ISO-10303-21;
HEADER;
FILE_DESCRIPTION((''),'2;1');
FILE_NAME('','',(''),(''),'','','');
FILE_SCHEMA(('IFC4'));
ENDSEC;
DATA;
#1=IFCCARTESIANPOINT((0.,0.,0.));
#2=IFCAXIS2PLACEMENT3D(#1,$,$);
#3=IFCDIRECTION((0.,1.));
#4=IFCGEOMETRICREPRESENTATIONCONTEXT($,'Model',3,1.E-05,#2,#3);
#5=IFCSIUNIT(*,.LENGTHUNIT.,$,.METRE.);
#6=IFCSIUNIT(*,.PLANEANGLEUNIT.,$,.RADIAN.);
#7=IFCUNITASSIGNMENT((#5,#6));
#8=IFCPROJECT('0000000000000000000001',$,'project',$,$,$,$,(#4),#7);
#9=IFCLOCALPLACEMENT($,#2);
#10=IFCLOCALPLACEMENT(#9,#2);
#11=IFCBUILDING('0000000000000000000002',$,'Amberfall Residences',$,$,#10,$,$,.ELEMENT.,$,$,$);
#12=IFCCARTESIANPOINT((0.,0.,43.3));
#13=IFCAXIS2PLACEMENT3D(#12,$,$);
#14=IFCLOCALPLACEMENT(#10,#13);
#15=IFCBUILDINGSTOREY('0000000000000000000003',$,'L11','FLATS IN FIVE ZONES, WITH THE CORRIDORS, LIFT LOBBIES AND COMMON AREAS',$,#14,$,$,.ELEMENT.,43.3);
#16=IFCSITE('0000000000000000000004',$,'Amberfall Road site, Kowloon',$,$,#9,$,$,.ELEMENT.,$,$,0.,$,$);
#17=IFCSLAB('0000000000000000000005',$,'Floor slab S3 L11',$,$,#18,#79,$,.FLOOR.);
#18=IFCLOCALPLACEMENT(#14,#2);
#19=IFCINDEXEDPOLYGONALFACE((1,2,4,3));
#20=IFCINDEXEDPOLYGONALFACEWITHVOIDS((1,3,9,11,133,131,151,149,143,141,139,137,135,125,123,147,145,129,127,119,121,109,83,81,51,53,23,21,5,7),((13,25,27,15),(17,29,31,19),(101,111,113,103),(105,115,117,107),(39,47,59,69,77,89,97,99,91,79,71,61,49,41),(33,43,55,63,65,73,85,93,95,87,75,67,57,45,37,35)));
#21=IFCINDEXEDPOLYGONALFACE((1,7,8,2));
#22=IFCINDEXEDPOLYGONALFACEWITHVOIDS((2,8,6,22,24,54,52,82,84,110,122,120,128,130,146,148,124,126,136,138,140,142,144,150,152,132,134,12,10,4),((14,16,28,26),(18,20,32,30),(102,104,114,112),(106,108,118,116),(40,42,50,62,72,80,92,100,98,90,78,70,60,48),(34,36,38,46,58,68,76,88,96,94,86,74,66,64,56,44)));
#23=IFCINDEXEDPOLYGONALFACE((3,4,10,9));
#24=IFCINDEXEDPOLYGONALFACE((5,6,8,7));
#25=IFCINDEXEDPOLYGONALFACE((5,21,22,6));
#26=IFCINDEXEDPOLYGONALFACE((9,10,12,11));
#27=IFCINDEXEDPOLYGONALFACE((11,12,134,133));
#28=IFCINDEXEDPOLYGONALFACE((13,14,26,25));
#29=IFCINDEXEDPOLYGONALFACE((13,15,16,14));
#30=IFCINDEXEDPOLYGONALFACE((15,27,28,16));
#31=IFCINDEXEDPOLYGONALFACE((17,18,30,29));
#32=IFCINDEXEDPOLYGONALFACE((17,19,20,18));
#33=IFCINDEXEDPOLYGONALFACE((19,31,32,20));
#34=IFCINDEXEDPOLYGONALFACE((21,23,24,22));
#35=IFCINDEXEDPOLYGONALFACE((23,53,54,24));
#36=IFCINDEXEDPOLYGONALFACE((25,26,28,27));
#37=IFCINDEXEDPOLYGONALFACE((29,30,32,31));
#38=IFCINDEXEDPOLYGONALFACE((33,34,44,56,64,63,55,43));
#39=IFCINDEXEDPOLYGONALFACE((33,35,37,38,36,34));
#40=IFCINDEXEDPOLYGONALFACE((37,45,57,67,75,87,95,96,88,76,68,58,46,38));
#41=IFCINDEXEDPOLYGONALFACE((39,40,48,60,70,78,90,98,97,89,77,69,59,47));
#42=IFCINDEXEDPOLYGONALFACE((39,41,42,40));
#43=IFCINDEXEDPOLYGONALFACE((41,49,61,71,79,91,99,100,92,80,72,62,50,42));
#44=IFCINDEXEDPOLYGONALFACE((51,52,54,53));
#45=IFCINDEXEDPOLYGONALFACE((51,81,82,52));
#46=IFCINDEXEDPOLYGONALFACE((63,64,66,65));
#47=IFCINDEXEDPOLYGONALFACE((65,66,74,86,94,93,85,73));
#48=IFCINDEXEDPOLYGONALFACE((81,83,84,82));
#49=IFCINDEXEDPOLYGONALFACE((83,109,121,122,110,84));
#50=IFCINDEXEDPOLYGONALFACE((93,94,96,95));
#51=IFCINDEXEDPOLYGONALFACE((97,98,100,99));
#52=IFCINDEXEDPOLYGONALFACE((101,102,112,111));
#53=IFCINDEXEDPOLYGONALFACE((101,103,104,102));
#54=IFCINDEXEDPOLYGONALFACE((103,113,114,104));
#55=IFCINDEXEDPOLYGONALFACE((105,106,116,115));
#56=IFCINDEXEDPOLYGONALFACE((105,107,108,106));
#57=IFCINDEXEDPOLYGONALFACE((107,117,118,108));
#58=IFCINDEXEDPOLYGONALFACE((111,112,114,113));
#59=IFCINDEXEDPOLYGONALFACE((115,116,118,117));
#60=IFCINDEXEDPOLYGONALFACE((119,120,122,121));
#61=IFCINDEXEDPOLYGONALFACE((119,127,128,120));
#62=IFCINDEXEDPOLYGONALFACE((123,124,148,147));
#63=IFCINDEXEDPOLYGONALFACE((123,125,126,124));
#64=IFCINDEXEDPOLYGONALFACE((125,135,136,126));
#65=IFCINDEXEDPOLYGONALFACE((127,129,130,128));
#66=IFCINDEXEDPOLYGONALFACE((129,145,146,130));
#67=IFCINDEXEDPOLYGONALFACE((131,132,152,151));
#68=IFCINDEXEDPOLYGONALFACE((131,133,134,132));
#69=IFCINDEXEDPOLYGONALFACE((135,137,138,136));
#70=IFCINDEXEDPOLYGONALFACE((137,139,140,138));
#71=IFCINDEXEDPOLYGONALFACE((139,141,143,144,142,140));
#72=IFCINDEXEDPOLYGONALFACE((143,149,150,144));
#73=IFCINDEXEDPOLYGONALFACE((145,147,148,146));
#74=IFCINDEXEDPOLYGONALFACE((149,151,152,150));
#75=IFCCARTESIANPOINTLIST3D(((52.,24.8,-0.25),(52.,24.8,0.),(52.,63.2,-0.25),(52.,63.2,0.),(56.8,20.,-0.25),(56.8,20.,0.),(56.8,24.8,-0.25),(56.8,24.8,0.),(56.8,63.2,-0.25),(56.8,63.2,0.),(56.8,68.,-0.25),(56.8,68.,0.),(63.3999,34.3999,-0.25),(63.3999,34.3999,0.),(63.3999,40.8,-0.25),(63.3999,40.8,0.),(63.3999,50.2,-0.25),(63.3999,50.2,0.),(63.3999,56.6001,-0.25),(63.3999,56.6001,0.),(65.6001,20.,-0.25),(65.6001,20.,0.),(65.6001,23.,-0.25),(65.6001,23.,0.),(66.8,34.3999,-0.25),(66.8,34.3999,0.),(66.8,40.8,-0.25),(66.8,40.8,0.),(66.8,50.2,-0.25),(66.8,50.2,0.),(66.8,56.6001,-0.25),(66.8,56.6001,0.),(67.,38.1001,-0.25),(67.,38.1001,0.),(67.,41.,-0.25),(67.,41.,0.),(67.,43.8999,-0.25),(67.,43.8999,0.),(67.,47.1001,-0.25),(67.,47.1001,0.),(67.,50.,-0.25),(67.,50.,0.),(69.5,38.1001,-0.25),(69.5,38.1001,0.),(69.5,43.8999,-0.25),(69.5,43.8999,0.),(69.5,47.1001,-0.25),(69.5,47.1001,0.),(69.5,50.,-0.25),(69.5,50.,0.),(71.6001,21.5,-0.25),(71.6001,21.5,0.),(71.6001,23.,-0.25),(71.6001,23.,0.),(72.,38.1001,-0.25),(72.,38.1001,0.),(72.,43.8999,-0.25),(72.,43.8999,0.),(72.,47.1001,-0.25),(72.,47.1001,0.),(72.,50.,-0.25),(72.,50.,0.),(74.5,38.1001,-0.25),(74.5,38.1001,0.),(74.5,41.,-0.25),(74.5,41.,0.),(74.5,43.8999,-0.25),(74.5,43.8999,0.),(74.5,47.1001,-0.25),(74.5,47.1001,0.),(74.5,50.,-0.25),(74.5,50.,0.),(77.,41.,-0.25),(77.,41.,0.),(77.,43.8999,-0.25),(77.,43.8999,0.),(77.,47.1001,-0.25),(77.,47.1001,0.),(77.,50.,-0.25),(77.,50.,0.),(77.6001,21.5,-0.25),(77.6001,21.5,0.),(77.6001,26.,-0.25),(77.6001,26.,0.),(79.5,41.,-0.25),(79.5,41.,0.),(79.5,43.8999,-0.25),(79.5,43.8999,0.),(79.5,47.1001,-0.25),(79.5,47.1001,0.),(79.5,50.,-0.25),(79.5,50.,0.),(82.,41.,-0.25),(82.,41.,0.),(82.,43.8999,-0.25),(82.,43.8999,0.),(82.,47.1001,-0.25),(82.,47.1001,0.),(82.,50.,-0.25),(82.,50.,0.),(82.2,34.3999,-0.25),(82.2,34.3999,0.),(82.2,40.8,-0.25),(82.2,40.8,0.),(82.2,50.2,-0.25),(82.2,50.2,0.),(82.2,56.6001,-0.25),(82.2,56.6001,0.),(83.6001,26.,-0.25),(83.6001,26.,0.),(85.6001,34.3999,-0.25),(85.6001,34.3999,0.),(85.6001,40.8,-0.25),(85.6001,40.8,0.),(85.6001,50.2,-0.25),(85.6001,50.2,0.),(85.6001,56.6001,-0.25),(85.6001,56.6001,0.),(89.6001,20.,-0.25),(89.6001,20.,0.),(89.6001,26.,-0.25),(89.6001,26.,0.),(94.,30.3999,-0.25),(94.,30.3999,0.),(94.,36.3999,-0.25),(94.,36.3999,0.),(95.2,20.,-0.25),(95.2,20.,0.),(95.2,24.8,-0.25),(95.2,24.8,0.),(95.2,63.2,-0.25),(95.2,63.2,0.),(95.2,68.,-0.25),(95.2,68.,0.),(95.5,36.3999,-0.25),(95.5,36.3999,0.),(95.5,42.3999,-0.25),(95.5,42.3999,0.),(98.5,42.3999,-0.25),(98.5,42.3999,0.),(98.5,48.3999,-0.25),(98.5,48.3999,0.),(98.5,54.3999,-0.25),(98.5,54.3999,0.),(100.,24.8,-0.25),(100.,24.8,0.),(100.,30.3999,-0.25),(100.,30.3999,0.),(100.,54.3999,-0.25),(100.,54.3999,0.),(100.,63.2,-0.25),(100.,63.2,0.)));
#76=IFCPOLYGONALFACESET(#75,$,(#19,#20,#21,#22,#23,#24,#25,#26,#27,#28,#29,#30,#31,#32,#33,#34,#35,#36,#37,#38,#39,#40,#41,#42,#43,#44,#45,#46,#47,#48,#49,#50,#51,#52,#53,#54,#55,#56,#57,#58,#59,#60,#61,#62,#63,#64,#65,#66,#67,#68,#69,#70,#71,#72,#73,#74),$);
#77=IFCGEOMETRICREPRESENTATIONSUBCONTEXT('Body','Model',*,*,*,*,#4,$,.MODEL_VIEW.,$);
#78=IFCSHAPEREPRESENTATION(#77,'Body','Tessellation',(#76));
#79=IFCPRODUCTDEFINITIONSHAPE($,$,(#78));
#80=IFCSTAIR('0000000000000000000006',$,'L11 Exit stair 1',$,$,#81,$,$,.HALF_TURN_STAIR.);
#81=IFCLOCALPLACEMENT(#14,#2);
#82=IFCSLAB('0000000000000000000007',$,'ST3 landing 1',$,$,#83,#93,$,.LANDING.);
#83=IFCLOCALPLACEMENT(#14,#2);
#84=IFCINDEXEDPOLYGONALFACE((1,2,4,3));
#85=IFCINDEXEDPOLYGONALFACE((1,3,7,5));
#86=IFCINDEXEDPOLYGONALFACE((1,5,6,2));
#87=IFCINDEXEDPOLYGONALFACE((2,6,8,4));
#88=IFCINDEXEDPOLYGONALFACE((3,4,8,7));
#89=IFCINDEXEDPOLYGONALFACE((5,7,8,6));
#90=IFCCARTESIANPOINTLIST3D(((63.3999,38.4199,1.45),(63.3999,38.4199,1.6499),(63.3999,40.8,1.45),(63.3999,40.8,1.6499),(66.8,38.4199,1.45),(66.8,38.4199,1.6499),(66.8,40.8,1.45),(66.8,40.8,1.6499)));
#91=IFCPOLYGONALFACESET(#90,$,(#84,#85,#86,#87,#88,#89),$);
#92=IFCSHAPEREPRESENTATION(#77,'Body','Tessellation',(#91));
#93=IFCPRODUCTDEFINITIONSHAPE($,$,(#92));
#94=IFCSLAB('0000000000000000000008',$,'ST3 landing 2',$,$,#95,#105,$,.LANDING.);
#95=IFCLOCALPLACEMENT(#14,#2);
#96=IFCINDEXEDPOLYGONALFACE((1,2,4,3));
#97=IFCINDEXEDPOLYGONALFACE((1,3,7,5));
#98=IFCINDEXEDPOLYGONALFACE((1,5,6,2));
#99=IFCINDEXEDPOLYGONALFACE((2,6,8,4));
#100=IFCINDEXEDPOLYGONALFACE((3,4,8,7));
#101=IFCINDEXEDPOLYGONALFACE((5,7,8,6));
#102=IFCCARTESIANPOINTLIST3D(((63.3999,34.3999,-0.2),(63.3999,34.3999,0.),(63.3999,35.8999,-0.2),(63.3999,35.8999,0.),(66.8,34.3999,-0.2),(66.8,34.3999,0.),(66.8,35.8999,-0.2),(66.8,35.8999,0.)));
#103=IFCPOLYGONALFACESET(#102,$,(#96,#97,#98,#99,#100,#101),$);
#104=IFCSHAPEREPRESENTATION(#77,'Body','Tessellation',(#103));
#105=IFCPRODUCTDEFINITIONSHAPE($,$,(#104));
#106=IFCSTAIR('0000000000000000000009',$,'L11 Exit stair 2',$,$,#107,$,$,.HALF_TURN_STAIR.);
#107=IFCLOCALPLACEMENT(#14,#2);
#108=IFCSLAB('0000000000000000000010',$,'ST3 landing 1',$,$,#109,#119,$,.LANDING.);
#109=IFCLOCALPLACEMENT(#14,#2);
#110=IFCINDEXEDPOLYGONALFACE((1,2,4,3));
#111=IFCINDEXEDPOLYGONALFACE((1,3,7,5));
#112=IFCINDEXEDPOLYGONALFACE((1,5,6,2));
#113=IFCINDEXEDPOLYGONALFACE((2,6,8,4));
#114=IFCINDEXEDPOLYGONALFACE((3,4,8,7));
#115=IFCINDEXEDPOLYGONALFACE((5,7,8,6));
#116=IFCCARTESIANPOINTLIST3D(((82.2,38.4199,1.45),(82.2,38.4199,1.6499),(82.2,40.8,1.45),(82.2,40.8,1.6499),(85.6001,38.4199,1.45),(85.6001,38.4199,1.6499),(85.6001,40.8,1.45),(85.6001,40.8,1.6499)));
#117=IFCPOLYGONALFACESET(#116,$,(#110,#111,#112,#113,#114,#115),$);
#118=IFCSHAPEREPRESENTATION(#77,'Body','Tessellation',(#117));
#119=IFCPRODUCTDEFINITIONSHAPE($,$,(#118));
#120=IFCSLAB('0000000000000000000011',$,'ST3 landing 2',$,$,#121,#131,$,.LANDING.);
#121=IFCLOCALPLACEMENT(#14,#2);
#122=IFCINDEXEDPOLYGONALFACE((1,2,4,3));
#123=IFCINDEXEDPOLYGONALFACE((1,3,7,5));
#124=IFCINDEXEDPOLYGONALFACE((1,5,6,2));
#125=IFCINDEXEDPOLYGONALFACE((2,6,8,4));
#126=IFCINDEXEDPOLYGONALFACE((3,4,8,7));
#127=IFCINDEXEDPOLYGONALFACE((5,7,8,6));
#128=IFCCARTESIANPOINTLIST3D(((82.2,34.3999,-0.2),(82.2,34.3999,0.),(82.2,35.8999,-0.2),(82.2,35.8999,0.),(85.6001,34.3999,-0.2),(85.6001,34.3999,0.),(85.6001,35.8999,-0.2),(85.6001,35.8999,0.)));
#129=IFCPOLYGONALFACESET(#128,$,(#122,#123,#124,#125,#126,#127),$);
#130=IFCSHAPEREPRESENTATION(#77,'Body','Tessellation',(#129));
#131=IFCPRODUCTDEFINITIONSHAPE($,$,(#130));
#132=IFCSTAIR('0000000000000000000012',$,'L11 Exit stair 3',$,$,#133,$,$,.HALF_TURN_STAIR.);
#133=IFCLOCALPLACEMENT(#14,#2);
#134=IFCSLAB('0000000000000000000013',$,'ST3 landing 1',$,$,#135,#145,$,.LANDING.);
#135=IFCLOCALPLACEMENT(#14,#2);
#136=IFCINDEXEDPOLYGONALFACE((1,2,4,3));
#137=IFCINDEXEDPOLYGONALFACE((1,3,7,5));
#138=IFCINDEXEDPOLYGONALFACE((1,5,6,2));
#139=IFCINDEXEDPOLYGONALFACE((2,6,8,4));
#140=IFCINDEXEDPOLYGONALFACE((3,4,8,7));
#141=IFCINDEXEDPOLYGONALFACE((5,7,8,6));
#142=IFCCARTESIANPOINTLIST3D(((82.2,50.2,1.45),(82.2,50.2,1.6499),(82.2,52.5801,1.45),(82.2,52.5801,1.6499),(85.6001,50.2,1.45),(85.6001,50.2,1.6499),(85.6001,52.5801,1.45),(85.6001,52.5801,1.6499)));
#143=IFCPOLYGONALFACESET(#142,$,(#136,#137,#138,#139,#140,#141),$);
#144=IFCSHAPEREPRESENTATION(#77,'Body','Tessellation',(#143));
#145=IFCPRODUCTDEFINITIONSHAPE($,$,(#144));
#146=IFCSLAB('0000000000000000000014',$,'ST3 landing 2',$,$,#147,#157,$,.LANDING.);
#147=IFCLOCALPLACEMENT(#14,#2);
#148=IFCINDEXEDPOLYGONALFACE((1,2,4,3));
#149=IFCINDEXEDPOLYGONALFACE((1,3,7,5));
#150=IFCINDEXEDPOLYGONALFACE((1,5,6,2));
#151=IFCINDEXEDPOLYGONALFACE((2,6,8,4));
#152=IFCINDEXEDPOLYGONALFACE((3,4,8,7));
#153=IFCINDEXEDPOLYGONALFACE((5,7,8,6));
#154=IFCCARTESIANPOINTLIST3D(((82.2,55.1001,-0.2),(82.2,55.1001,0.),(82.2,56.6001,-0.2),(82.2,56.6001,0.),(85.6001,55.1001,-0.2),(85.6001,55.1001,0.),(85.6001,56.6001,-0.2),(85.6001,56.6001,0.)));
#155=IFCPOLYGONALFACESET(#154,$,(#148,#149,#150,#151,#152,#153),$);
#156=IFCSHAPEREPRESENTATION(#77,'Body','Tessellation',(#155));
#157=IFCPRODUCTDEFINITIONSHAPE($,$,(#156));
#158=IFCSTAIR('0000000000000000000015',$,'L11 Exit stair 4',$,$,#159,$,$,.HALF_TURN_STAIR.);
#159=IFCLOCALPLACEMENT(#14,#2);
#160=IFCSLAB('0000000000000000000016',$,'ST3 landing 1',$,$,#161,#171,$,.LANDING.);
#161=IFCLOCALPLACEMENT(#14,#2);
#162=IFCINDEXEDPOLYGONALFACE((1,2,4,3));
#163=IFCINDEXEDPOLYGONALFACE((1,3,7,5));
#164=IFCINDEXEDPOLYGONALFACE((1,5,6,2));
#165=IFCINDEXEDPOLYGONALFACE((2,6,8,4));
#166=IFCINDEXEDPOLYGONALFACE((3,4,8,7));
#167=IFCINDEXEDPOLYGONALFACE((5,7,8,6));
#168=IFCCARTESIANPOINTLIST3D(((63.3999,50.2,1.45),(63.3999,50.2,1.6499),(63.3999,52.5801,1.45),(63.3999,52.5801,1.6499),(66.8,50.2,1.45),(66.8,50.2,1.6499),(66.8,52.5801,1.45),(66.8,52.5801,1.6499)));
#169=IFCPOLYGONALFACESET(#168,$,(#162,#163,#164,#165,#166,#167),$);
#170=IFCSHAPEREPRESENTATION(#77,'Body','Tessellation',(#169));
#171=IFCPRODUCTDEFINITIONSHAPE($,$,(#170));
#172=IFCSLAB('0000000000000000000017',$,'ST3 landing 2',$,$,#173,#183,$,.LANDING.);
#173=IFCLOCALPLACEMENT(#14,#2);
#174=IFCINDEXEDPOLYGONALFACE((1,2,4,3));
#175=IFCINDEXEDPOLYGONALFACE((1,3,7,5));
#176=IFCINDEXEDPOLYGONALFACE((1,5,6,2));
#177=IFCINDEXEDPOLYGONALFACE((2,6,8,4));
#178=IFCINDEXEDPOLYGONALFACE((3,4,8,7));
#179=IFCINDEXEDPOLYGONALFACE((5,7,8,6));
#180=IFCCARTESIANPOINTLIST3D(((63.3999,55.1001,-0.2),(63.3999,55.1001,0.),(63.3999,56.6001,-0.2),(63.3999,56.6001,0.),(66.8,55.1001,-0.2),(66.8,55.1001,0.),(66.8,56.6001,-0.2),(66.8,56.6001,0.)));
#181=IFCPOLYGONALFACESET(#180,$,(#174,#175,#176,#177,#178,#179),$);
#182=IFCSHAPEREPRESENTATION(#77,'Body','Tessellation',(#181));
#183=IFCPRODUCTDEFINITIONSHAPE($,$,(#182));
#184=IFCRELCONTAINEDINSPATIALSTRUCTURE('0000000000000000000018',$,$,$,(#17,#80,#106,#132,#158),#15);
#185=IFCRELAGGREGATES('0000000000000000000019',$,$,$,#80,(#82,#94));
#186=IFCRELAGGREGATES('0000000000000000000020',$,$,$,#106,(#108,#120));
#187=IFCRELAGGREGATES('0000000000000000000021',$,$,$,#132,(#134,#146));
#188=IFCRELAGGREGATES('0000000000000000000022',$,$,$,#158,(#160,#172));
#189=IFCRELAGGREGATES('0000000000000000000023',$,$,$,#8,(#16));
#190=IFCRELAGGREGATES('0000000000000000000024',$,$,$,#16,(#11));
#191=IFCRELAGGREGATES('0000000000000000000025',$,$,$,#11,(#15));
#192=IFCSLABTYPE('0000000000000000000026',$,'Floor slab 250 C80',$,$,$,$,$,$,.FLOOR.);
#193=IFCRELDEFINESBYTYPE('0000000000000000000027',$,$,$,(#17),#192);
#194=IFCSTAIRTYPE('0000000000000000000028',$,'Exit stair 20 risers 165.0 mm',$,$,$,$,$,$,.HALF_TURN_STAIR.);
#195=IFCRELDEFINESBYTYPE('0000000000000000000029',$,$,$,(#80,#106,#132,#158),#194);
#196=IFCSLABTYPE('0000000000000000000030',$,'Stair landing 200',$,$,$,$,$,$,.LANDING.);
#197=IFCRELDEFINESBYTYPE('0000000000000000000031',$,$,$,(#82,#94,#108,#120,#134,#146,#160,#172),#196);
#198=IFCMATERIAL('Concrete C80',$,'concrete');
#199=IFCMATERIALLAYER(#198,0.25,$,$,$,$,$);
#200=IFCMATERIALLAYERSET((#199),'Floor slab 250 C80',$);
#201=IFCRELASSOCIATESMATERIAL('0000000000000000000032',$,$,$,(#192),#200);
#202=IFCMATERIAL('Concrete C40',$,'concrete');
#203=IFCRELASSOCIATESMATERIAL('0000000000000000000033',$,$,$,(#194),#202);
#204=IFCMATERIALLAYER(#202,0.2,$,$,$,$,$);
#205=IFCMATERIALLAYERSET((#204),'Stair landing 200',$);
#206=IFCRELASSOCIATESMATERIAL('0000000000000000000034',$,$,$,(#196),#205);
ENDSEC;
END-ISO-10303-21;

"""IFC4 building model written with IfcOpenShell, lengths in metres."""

from ifc_helpers import new_model, si_unit, direction, frame, origin, place, context, subcontext, project, spatial, polyline, outline, extrude, material, layer, layer_set, type_object, element, aggregate, save


model = new_model("IFC4")

# Units and contexts
model_context = context("Model", 3, precision=1e-05, world=origin(), true_north=direction((0.0, 1.0)))
body_context = subcontext(model_context, "Body", "Model", "MODEL_VIEW")
ifc_project = project(units=[si_unit("LENGTHUNIT", "METRE"), si_unit("PLANEANGLEUNIT", "RADIAN")], contexts=[model_context])

# Site, building, storey
site_placement = place(None, origin())
site = spatial("IfcSite", under=ifc_project, at=site_placement, Name="Amberfall Road site, Kowloon", CompositionType="ELEMENT", RefElevation=0.0)
building_placement = place(site_placement, origin())
building = spatial("IfcBuilding", under=site, at=building_placement, Name="Amberfall Residences", CompositionType="ELEMENT")
storey_placement = place(building_placement, frame((0.0, 0.0, 43.3)))
storey = spatial("IfcBuildingStorey", under=building, at=storey_placement, Name="L11", Description="FLATS IN FIVE ZONES, WITH THE CORRIDORS, LIFT LOBBIES AND COMMON AREAS", CompositionType="ELEMENT", Elevation=43.3)

# Slab
ifc_material_1 = material(Name="Concrete C80", Category="concrete")
ifc_layer_1 = layer(ifc_material_1, 0.25)
ifc_layer_set_1 = layer_set([ifc_layer_1], Name="Floor slab 250 C80")
slab_type_1 = type_object("IfcSlabType", Name="Floor slab 250 C80", PredefinedType="FLOOR", material=ifc_layer_set_1)
slab_1_placement = place(storey_placement, frame((0.0, 0.0, -0.25)))
element("IfcSlab", 1, at=slab_1_placement, inside=storey, type_object=slab_type_1, Name="Floor slab S3 L11", PredefinedType="FLOOR", context=body_context, shape_type="SweptSolid", body=[
    extrude(outline(polyline([(89.6001, 20.0), (89.6001, 26.0), (83.6001, 26.0), (77.6001, 26.0), (77.6001, 21.5), (71.6001, 21.5), (71.6001, 23.0), (65.6001, 23.0), (65.6001, 20.0), (56.8, 20.0), (56.8, 24.8), (52.0, 24.8), (52.0, 63.2), (56.8, 63.2), (56.8, 68.0), (95.2, 68.0), (95.2, 63.2), (100.0, 63.2), (100.0, 54.3999), (98.5, 54.3999), (98.5, 48.3999), (98.5, 42.3999), (95.5, 42.3999), (95.5, 36.3999), (94.0, 36.3999), (94.0, 30.3999), (100.0, 30.3999), (100.0, 24.8), (95.2, 24.8), (95.2, 20.0), (89.6001, 20.0)]), holes=[polyline([(85.6001, 34.3999), (85.6001, 40.8), (82.2, 40.8), (82.2, 34.3999), (85.6001, 34.3999)]), polyline([(82.2, 50.2), (85.6001, 50.2), (85.6001, 56.6001), (82.2, 56.6001), (82.2, 50.2)]), polyline([(69.5, 50.0), (67.0, 50.0), (67.0, 47.1001), (69.5, 47.1001), (72.0, 47.1001), (74.5, 47.1001), (77.0, 47.1001), (79.5, 47.1001), (82.0, 47.1001), (82.0, 50.0), (79.5, 50.0), (77.0, 50.0), (74.5, 50.0), (72.0, 50.0), (69.5, 50.0)]), polyline([(74.5, 41.0), (77.0, 41.0), (79.5, 41.0), (82.0, 41.0), (82.0, 43.8999), (79.5, 43.8999), (77.0, 43.8999), (74.5, 43.8999), (72.0, 43.8999), (69.5, 43.8999), (67.0, 43.8999), (67.0, 41.0), (67.0, 38.1001), (69.5, 38.1001), (72.0, 38.1001), (74.5, 38.1001), (74.5, 41.0)]), polyline([(66.8, 34.3999), (66.8, 40.8), (63.3999, 40.8), (63.3999, 34.3999), (66.8, 34.3999)]), polyline([(66.8, 50.2), (66.8, 56.6001), (63.3999, 56.6001), (63.3999, 50.2), (66.8, 50.2)])]), origin(), (0.0, 0.0, 1.0), 0.25),
])

# Stairs, slabs
ifc_material_2 = material(Name="Concrete C40", Category="concrete")
stair_type = type_object("IfcStairType", Name="Exit stair 20 risers 165.0 mm", PredefinedType="HALF_TURN_STAIR", material=ifc_material_2)
stair_1_placement = place(storey_placement, origin())
stair_1 = element("IfcStair", 2, at=stair_1_placement, inside=storey, type_object=stair_type, Name="L11 Exit stair 1", PredefinedType="HALF_TURN_STAIR")
ifc_layer_2 = layer(ifc_material_2, 0.2)
ifc_layer_set_2 = layer_set([ifc_layer_2], Name="Stair landing 200")
slab_type_2 = type_object("IfcSlabType", Name="Stair landing 200", PredefinedType="LANDING", material=ifc_layer_set_2)
slab_2_placement = place(storey_placement, frame((0.0, 0.0, 1.45)))
slab_2 = element("IfcSlab", 3, at=slab_2_placement, type_object=slab_type_2, Name="ST3 landing 1", PredefinedType="LANDING", context=body_context, shape_type="SweptSolid", body=[
    extrude(outline(polyline([(66.8, 38.4199), (66.8, 40.8), (63.3999, 40.8), (63.3999, 38.4199), (66.8, 38.4199)])), origin(), (0.0, 0.0, 1.0), 0.2),
])
slab_3_placement = place(storey_placement, frame((0.0, 0.0, -0.2)))
slab_3 = element("IfcSlab", 4, at=slab_3_placement, type_object=slab_type_2, Name="ST3 landing 2", PredefinedType="LANDING", context=body_context, shape_type="SweptSolid", body=[
    extrude(outline(polyline([(66.8, 34.3999), (66.8, 35.8999), (63.3999, 35.8999), (63.3999, 34.3999), (66.8, 34.3999)])), origin(), (0.0, 0.0, 1.0), 0.2),
])
aggregate(stair_1, [slab_2, slab_3])
stair_2_placement = place(storey_placement, origin())
stair_2 = element("IfcStair", 5, at=stair_2_placement, inside=storey, type_object=stair_type, Name="L11 Exit stair 2", PredefinedType="HALF_TURN_STAIR")
slab_4_placement = place(storey_placement, frame((0.0, 0.0, 1.45)))
slab_4 = element("IfcSlab", 6, at=slab_4_placement, type_object=slab_type_2, Name="ST3 landing 1", PredefinedType="LANDING", context=body_context, shape_type="SweptSolid", body=[
    extrude(outline(polyline([(85.6001, 38.4199), (85.6001, 40.8), (82.2, 40.8), (82.2, 38.4199), (85.6001, 38.4199)])), origin(), (0.0, 0.0, 1.0), 0.2),
])
slab_5_placement = place(storey_placement, frame((0.0, 0.0, -0.2)))
slab_5 = element("IfcSlab", 7, at=slab_5_placement, type_object=slab_type_2, Name="ST3 landing 2", PredefinedType="LANDING", context=body_context, shape_type="SweptSolid", body=[
    extrude(outline(polyline([(85.6001, 34.3999), (85.6001, 35.8999), (82.2, 35.8999), (82.2, 34.3999), (85.6001, 34.3999)])), origin(), (0.0, 0.0, 1.0), 0.2),
])
aggregate(stair_2, [slab_4, slab_5])
stair_3_placement = place(storey_placement, origin())
stair_3 = element("IfcStair", 8, at=stair_3_placement, inside=storey, type_object=stair_type, Name="L11 Exit stair 3", PredefinedType="HALF_TURN_STAIR")
slab_6_placement = place(storey_placement, frame((0.0, 0.0, 1.45)))
slab_6 = element("IfcSlab", 9, at=slab_6_placement, type_object=slab_type_2, Name="ST3 landing 1", PredefinedType="LANDING", context=body_context, shape_type="SweptSolid", body=[
    extrude(outline(polyline([(82.2, 52.5801), (82.2, 50.2), (85.6001, 50.2), (85.6001, 52.5801), (82.2, 52.5801)])), origin(), (0.0, 0.0, 1.0), 0.2),
])
slab_7_placement = place(storey_placement, frame((0.0, 0.0, -0.2)))
slab_7 = element("IfcSlab", 10, at=slab_7_placement, type_object=slab_type_2, Name="ST3 landing 2", PredefinedType="LANDING", context=body_context, shape_type="SweptSolid", body=[
    extrude(outline(polyline([(82.2, 56.6001), (82.2, 55.1001), (85.6001, 55.1001), (85.6001, 56.6001), (82.2, 56.6001)])), origin(), (0.0, 0.0, 1.0), 0.2),
])
aggregate(stair_3, [slab_6, slab_7])
stair_4_placement = place(storey_placement, origin())
stair_4 = element("IfcStair", 11, at=stair_4_placement, inside=storey, type_object=stair_type, Name="L11 Exit stair 4", PredefinedType="HALF_TURN_STAIR")
slab_8_placement = place(storey_placement, frame((0.0, 0.0, 1.45)))
slab_8 = element("IfcSlab", 12, at=slab_8_placement, type_object=slab_type_2, Name="ST3 landing 1", PredefinedType="LANDING", context=body_context, shape_type="SweptSolid", body=[
    extrude(outline(polyline([(63.3999, 52.5801), (63.3999, 50.2), (66.8, 50.2), (66.8, 52.5801), (63.3999, 52.5801)])), origin(), (0.0, 0.0, 1.0), 0.2),
])
slab_9_placement = place(storey_placement, frame((0.0, 0.0, -0.2)))
slab_9 = element("IfcSlab", 13, at=slab_9_placement, type_object=slab_type_2, Name="ST3 landing 2", PredefinedType="LANDING", context=body_context, shape_type="SweptSolid", body=[
    extrude(outline(polyline([(63.3999, 56.6001), (63.3999, 55.1001), (66.8, 55.1001), (66.8, 56.6001), (63.3999, 56.6001)])), origin(), (0.0, 0.0, 1.0), 0.2),
])
aggregate(stair_4, [slab_8, slab_9])

save(model, "model.ifc")
